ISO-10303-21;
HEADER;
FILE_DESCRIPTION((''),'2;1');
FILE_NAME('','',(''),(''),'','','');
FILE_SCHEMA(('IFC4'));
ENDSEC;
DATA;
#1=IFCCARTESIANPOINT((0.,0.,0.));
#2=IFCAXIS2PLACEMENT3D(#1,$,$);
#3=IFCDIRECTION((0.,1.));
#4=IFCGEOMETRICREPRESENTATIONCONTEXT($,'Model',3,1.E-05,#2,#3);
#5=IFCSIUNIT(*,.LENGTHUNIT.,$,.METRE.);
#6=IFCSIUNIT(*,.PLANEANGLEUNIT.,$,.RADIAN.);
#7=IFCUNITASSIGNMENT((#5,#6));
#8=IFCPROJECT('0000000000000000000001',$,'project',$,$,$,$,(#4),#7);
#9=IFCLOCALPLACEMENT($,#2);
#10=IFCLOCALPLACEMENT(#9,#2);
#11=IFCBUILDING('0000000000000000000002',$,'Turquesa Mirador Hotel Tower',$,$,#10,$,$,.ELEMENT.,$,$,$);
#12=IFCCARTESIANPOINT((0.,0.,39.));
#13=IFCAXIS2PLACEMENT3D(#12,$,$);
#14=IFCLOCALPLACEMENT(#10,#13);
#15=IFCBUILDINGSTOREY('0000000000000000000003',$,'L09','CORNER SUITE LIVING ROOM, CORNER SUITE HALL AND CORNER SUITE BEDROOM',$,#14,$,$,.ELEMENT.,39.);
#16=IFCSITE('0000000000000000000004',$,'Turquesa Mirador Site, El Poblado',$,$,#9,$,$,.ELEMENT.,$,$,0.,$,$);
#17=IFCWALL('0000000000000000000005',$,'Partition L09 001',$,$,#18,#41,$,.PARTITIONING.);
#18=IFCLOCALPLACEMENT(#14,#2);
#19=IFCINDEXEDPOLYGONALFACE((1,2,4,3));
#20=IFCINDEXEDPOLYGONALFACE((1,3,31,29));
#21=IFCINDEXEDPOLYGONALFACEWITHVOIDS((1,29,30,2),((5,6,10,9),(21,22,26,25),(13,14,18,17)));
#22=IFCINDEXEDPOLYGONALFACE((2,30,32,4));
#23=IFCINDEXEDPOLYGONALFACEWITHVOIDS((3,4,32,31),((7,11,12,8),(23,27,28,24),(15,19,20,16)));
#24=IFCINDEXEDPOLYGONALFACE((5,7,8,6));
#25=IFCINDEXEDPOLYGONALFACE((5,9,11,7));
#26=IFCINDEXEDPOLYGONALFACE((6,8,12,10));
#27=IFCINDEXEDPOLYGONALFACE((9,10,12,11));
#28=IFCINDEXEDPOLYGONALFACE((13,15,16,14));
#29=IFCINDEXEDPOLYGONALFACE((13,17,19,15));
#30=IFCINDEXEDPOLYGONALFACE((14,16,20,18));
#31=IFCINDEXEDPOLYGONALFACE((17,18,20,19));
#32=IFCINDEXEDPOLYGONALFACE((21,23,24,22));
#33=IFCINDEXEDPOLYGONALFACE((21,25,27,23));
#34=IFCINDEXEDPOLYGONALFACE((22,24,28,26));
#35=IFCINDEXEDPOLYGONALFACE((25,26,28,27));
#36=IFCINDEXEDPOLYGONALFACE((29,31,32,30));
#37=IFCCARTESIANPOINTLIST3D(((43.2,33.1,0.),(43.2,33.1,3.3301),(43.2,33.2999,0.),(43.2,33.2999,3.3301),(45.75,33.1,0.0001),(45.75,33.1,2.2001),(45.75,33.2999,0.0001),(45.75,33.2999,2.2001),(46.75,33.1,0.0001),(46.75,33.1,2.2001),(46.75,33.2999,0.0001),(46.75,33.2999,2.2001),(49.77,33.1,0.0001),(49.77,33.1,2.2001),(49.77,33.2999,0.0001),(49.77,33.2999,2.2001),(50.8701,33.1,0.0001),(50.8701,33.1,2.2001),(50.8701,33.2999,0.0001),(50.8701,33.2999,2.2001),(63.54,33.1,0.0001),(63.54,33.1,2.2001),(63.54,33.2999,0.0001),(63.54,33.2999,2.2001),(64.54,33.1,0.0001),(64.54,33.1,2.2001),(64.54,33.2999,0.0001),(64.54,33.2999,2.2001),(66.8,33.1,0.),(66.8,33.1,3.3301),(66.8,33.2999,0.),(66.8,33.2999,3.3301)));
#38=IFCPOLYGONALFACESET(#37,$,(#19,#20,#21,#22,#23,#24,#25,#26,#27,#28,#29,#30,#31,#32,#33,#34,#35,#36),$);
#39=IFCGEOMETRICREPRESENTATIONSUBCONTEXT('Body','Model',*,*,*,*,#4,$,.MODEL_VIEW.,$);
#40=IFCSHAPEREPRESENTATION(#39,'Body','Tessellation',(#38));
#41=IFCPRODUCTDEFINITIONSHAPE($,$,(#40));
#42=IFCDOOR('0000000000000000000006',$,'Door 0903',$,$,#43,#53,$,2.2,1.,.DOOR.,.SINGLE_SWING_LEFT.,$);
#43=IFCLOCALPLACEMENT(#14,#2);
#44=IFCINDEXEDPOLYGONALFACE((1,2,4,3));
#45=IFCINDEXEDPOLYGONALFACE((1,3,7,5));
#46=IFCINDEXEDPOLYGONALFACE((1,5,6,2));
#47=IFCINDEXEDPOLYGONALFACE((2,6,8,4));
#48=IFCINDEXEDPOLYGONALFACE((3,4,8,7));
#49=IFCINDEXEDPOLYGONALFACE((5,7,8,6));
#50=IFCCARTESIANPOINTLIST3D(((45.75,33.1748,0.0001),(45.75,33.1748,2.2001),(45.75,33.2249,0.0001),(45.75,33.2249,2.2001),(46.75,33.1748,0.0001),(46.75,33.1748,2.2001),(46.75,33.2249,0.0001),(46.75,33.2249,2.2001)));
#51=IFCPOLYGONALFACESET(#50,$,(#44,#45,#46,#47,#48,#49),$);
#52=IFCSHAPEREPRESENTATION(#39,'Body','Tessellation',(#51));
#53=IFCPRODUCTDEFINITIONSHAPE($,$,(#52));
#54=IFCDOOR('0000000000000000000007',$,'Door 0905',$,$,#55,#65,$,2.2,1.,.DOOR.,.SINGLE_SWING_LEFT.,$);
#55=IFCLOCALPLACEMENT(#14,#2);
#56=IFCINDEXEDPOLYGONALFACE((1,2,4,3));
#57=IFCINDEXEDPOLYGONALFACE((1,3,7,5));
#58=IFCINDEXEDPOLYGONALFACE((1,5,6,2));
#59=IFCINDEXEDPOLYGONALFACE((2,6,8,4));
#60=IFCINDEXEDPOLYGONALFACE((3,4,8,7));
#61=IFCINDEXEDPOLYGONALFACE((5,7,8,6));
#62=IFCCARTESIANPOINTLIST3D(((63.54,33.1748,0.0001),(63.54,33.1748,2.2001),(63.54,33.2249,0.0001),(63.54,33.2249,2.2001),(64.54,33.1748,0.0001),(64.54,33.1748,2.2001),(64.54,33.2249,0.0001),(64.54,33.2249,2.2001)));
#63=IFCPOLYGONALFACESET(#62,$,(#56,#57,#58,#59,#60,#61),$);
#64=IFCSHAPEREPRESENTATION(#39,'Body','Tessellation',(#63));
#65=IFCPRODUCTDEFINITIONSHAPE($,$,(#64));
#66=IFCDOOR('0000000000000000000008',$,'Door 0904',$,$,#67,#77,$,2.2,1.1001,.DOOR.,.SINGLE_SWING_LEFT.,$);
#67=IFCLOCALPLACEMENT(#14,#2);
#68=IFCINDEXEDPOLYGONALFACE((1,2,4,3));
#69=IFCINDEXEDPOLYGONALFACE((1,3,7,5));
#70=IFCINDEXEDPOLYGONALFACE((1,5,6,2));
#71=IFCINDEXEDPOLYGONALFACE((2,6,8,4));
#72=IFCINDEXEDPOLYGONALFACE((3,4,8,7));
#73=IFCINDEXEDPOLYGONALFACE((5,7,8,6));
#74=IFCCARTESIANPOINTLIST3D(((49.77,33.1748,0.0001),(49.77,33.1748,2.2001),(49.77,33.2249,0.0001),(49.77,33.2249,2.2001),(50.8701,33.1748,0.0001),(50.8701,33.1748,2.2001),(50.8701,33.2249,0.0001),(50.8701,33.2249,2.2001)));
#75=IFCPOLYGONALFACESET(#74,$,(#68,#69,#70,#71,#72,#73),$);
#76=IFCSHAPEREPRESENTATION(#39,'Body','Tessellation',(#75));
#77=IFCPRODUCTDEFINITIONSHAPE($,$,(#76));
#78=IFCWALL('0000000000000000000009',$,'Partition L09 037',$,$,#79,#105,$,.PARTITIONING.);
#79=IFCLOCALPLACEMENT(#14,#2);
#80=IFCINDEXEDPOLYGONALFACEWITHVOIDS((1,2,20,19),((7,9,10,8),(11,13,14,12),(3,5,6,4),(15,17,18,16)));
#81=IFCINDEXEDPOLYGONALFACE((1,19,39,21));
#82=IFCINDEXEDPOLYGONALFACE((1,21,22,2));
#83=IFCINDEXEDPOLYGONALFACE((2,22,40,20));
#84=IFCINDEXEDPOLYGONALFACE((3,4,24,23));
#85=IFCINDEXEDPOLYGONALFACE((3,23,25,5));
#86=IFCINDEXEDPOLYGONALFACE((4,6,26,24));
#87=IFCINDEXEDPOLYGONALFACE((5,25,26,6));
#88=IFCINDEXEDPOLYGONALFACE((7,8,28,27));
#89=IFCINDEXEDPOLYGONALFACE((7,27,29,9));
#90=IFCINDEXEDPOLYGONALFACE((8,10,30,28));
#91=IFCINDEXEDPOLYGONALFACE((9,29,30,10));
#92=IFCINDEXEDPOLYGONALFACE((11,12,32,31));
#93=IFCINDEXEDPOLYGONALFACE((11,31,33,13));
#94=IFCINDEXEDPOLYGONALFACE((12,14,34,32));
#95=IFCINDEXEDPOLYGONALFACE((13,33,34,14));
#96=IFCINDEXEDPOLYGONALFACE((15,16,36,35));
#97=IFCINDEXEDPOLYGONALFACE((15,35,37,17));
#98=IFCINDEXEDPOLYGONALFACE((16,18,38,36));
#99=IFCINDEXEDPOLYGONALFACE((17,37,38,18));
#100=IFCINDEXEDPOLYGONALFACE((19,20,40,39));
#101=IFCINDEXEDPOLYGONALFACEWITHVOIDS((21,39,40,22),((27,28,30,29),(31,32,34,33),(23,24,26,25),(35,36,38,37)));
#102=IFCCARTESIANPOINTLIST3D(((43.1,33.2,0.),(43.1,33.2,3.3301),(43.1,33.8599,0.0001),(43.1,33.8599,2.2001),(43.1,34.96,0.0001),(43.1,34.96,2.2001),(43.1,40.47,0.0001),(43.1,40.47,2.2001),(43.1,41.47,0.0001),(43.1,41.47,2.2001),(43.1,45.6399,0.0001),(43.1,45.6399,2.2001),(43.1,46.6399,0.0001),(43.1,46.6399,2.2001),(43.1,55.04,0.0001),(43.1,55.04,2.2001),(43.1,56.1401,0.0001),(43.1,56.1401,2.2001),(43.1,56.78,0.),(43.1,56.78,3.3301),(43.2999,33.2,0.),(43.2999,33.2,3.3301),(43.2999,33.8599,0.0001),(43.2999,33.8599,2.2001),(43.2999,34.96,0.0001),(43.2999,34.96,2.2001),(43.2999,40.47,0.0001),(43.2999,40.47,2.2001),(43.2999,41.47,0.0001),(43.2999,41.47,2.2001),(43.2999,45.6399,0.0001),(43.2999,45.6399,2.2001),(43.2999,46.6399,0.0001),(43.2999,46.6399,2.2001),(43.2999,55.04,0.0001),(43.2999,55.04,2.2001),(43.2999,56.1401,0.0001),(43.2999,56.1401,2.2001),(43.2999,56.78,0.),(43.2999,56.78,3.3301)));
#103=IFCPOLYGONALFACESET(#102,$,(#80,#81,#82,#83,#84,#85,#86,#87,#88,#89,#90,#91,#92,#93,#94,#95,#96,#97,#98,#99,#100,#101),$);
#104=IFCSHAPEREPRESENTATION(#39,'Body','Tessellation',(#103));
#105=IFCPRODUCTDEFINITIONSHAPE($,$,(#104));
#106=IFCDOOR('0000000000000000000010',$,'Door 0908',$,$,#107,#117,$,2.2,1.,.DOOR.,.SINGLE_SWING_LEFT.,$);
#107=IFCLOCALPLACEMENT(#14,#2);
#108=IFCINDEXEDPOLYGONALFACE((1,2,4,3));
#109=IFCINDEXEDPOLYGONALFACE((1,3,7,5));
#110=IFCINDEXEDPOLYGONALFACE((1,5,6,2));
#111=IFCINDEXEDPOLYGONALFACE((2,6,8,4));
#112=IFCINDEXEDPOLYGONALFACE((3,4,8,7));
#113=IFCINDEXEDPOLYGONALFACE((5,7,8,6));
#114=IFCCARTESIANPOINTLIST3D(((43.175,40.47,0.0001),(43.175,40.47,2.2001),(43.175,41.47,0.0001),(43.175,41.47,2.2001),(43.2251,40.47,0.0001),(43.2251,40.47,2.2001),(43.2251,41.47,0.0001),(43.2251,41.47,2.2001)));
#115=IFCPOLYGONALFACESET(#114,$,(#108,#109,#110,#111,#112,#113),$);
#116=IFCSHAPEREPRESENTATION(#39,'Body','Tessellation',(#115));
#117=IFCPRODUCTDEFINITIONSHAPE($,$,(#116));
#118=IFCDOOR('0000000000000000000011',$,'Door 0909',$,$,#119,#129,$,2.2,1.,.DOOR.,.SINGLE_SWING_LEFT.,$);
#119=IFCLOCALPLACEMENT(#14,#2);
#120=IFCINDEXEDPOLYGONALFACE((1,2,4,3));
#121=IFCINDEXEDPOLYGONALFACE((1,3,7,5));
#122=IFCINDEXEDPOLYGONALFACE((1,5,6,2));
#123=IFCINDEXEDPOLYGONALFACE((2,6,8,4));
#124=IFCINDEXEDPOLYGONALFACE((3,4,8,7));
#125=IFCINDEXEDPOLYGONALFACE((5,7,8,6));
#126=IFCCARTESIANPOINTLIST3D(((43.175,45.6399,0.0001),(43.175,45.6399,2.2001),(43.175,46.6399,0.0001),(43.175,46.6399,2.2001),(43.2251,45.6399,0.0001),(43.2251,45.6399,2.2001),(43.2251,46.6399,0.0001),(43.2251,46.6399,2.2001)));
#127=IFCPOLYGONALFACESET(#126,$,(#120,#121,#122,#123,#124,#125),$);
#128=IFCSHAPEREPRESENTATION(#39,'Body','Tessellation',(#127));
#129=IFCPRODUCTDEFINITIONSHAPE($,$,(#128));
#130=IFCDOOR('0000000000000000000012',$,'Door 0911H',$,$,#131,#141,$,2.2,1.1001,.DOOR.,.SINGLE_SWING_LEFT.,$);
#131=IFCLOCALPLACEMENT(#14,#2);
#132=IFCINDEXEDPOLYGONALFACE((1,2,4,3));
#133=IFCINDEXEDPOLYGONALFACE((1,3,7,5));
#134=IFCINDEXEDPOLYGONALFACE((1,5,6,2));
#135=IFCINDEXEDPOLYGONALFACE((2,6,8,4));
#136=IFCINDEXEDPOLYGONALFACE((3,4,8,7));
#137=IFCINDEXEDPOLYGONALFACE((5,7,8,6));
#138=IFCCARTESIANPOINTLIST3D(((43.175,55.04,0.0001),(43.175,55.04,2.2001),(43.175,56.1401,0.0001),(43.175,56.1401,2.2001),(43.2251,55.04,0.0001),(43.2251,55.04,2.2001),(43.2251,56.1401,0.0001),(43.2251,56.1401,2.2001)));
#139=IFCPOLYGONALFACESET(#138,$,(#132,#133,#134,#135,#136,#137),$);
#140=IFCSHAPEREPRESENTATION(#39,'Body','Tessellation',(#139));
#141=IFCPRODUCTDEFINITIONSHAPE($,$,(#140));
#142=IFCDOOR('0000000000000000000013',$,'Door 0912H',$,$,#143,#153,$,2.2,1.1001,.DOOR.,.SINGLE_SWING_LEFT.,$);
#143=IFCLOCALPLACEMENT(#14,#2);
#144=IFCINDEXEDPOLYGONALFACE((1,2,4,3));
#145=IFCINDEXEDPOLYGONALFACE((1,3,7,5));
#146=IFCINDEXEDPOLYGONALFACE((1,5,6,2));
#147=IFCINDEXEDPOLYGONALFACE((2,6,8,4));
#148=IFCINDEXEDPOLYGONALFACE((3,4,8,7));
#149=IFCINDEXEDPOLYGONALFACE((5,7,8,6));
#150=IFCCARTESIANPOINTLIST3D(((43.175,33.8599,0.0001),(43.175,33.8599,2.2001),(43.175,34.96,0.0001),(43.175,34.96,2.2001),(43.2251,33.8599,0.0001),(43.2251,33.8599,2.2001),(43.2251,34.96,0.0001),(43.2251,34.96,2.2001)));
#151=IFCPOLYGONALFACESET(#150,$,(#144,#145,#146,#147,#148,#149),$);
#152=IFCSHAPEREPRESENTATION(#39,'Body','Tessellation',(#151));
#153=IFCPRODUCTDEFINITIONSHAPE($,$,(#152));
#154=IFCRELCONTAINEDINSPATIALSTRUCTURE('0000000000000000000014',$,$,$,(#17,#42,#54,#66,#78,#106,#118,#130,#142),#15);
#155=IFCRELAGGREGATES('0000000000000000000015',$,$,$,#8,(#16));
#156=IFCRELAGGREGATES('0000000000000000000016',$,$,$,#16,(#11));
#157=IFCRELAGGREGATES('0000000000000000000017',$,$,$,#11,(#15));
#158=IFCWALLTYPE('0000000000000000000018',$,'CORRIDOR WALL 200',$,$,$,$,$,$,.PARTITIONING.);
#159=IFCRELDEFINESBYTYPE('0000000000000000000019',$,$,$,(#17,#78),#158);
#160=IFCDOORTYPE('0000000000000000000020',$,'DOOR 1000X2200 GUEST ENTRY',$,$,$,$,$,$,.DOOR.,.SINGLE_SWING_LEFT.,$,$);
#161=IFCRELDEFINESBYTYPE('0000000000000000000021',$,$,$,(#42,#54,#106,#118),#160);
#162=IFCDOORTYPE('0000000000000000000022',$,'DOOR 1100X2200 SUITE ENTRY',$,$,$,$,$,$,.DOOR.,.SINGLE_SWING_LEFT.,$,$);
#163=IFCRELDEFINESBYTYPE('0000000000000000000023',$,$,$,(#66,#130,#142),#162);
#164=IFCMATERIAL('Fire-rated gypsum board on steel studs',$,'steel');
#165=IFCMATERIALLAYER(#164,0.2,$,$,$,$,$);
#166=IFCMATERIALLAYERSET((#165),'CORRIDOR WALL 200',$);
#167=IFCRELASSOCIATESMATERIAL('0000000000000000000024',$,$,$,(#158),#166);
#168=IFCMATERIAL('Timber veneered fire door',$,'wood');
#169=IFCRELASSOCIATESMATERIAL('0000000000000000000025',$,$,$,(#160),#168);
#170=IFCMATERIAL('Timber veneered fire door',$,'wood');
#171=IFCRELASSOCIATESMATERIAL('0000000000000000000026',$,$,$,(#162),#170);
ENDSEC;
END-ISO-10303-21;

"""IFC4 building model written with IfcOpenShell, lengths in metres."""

from ifc_helpers import new_model, si_unit, direction, frame, frame_2d, origin, place, context, subcontext, project, spatial, rectangle, extrude, material, layer, layer_set, type_object, element, fill, save


model = new_model("IFC4")

# Units and contexts
model_context = context("Model", 3, precision=1e-05, world=origin(), true_north=direction((0.0, 1.0)))
body_context = subcontext(model_context, "Body", "Model", "MODEL_VIEW")
ifc_project = project(units=[si_unit("LENGTHUNIT", "METRE"), si_unit("PLANEANGLEUNIT", "RADIAN")], contexts=[model_context])

# Site, building, storey
site_placement = place(None, origin())
site = spatial("IfcSite", under=ifc_project, at=site_placement, Name="Turquesa Mirador Site, El Poblado", CompositionType="ELEMENT", RefElevation=0.0)
building_placement = place(site_placement, origin())
building = spatial("IfcBuilding", under=site, at=building_placement, Name="Turquesa Mirador Hotel Tower", CompositionType="ELEMENT")
storey_placement = place(building_placement, frame((0.0, 0.0, 39.0)))
storey = spatial("IfcBuildingStorey", under=building, at=storey_placement, Name="L09", Description="CORNER SUITE LIVING ROOM, CORNER SUITE HALL AND CORNER SUITE BEDROOM", CompositionType="ELEMENT", Elevation=39.0)

# Walls, openings, doors
ifc_material_1 = material(Name="Fire-rated gypsum board on steel studs", Category="steel")
ifc_layer_1 = layer(ifc_material_1, 0.2)
ifc_layer_set_1 = layer_set([ifc_layer_1], Name="CORRIDOR WALL 200")
wall_type_1 = type_object("IfcWallType", Name="CORRIDOR WALL 200", PredefinedType="PARTITIONING", material=ifc_layer_set_1)
wall_1_placement = place(storey_placement, frame((43.2, 33.2, 0.0), z_axis=(0.0, 0.0, 1.0), x_axis=(1.0, 0.0, 0.0)))
wall_1 = element("IfcWall", 1, at=wall_1_placement, inside=storey, type_object=wall_type_1, Name="Partition L09 001", PredefinedType="PARTITIONING", context=body_context, shape_type="SweptSolid", body=[
    extrude(rectangle(XDim=23.6001, YDim=0.2, at=frame_2d((11.8, 0.0))), origin(), (0.0, 0.0, 1.0), 3.3301),
])
opening_1_placement = place(wall_1_placement, frame((2.55, 0.0, 0.0)))
opening_1 = element("IfcOpeningElement", 2, at=opening_1_placement, cuts=wall_1, PredefinedType="OPENING", context=body_context, shape_type="SweptSolid", body=[
    extrude(rectangle(XDim=1.0, YDim=2.2, at=frame_2d((0.5, 1.1001))), frame((0.0, 0.1099, 0.0), z_axis=(0.0, -1.0, 0.0), x_axis=(1.0, 0.0, 0.0)), (0.0, 0.0, 1.0), 0.22),
])
opening_2_placement = place(wall_1_placement, frame((6.5701, 0.0, 0.0)))
opening_2 = element("IfcOpeningElement", 3, at=opening_2_placement, cuts=wall_1, PredefinedType="OPENING", context=body_context, shape_type="SweptSolid", body=[
    extrude(rectangle(XDim=1.1001, YDim=2.2, at=frame_2d((0.55, 1.1001))), frame((0.0, 0.1099, 0.0), z_axis=(0.0, -1.0, 0.0), x_axis=(1.0, 0.0, 0.0)), (0.0, 0.0, 1.0), 0.22),
])
opening_3_placement = place(wall_1_placement, frame((20.3401, 0.0, 0.0)))
opening_3 = element("IfcOpeningElement", 4, at=opening_3_placement, cuts=wall_1, PredefinedType="OPENING", context=body_context, shape_type="SweptSolid", body=[
    extrude(rectangle(XDim=1.0, YDim=2.2, at=frame_2d((0.5, 1.1001))), frame((0.0, 0.1099, 0.0), z_axis=(0.0, -1.0, 0.0), x_axis=(1.0, 0.0, 0.0)), (0.0, 0.0, 1.0), 0.22),
])
ifc_material_2 = material(Name="Timber veneered fire door", Category="wood")
door_type_1 = type_object("IfcDoorType", Name="DOOR 1000X2200 GUEST ENTRY", OperationType="SINGLE_SWING_LEFT", PredefinedType="DOOR", material=ifc_material_2)
door_1_placement = place(opening_1_placement, origin())
door_1 = element("IfcDoor", 5, at=door_1_placement, inside=storey, type_object=door_type_1, Name="Door 0903", OperationType="SINGLE_SWING_LEFT", OverallHeight=2.2, OverallWidth=1.0, PredefinedType="DOOR", context=body_context, shape_type="SweptSolid", body=[
    extrude(rectangle(XDim=1.0, YDim=2.2, at=frame_2d((0.5, 1.1001))), frame((0.0, 0.0249, 0.0), z_axis=(0.0, -1.0, 0.0), x_axis=(1.0, 0.0, 0.0)), (0.0, 0.0, 1.0), 0.05),
])
fill(opening_1, door_1)
door_2_placement = place(opening_3_placement, origin())
door_2 = element("IfcDoor", 6, at=door_2_placement, inside=storey, type_object=door_type_1, Name="Door 0905", OperationType="SINGLE_SWING_LEFT", OverallHeight=2.2, OverallWidth=1.0, PredefinedType="DOOR", context=body_context, shape_type="SweptSolid", body=[
    extrude(rectangle(XDim=1.0, YDim=2.2, at=frame_2d((0.5, 1.1001))), frame((0.0, 0.0249, 0.0), z_axis=(0.0, -1.0, 0.0), x_axis=(1.0, 0.0, 0.0)), (0.0, 0.0, 1.0), 0.05),
])
fill(opening_3, door_2)
ifc_material_3 = material(Name="Timber veneered fire door", Category="wood")
door_type_2 = type_object("IfcDoorType", Name="DOOR 1100X2200 SUITE ENTRY", OperationType="SINGLE_SWING_LEFT", PredefinedType="DOOR", material=ifc_material_3)
door_3_placement = place(opening_2_placement, origin())
door_3 = element("IfcDoor", 7, at=door_3_placement, inside=storey, type_object=door_type_2, Name="Door 0904", OperationType="SINGLE_SWING_LEFT", OverallHeight=2.2, OverallWidth=1.1001, PredefinedType="DOOR", context=body_context, shape_type="SweptSolid", body=[
    extrude(rectangle(XDim=1.1001, YDim=2.2, at=frame_2d((0.55, 1.1001))), frame((0.0, 0.0249, 0.0), z_axis=(0.0, -1.0, 0.0), x_axis=(1.0, 0.0, 0.0)), (0.0, 0.0, 1.0), 0.05),
])
fill(opening_2, door_3)
wall_2_placement = place(storey_placement, frame((43.2, 33.2, 0.0), z_axis=(0.0, 0.0, 1.0), x_axis=(0.0, 1.0, 0.0)))
wall_2 = element("IfcWall", 8, at=wall_2_placement, inside=storey, type_object=wall_type_1, Name="Partition L09 037", PredefinedType="PARTITIONING", context=body_context, shape_type="SweptSolid", body=[
    extrude(rectangle(XDim=23.5801, YDim=0.2, at=frame_2d((11.79, 0.0))), origin(), (0.0, 0.0, 1.0), 3.3301),
])
opening_4_placement = place(wall_2_placement, frame((7.27, 0.0, 0.0)))
opening_4 = element("IfcOpeningElement", 9, at=opening_4_placement, cuts=wall_2, PredefinedType="OPENING", context=body_context, shape_type="SweptSolid", body=[
    extrude(rectangle(XDim=1.0, YDim=2.2, at=frame_2d((0.5, 1.1001))), frame((0.0, 0.1099, 0.0), z_axis=(0.0, -1.0, 0.0), x_axis=(1.0, 0.0, 0.0)), (0.0, 0.0, 1.0), 0.22),
])
opening_5_placement = place(wall_2_placement, frame((12.4399, 0.0, 0.0)))
opening_5 = element("IfcOpeningElement", 10, at=opening_5_placement, cuts=wall_2, PredefinedType="OPENING", context=body_context, shape_type="SweptSolid", body=[
    extrude(rectangle(XDim=1.0, YDim=2.2, at=frame_2d((0.5, 1.1001))), frame((0.0, 0.1099, 0.0), z_axis=(0.0, -1.0, 0.0), x_axis=(1.0, 0.0, 0.0)), (0.0, 0.0, 1.0), 0.22),
])
opening_6_placement = place(wall_2_placement, frame((21.8401, 0.0, 0.0)))
opening_6 = element("IfcOpeningElement", 11, at=opening_6_placement, cuts=wall_2, PredefinedType="OPENING", context=body_context, shape_type="SweptSolid", body=[
    extrude(rectangle(XDim=1.1001, YDim=2.2, at=frame_2d((0.55, 1.1001))), frame((0.0, 0.1099, 0.0), z_axis=(0.0, -1.0, 0.0), x_axis=(1.0, 0.0, 0.0)), (0.0, 0.0, 1.0), 0.22),
])
opening_7_placement = place(wall_2_placement, frame((0.6599, 0.0, 0.0)))
opening_7 = element("IfcOpeningElement", 12, at=opening_7_placement, cuts=wall_2, PredefinedType="OPENING", context=body_context, shape_type="SweptSolid", body=[
    extrude(rectangle(XDim=1.1001, YDim=2.2, at=frame_2d((0.55, 1.1001))), frame((0.0, 0.1099, 0.0), z_axis=(0.0, -1.0, 0.0), x_axis=(1.0, 0.0, 0.0)), (0.0, 0.0, 1.0), 0.22),
])
door_4_placement = place(opening_4_placement, origin())
door_4 = element("IfcDoor", 13, at=door_4_placement, inside=storey, type_object=door_type_1, Name="Door 0908", OperationType="SINGLE_SWING_LEFT", OverallHeight=2.2, OverallWidth=1.0, PredefinedType="DOOR", context=body_context, shape_type="SweptSolid", body=[
    extrude(rectangle(XDim=1.0, YDim=2.2, at=frame_2d((0.5, 1.1001))), frame((0.0, 0.0249, 0.0), z_axis=(0.0, -1.0, 0.0), x_axis=(1.0, 0.0, 0.0)), (0.0, 0.0, 1.0), 0.05),
])
fill(opening_4, door_4)
door_5_placement = place(opening_5_placement, origin())
door_5 = element("IfcDoor", 14, at=door_5_placement, inside=storey, type_object=door_type_1, Name="Door 0909", OperationType="SINGLE_SWING_LEFT", OverallHeight=2.2, OverallWidth=1.0, PredefinedType="DOOR", context=body_context, shape_type="SweptSolid", body=[
    extrude(rectangle(XDim=1.0, YDim=2.2, at=frame_2d((0.5, 1.1001))), frame((0.0, 0.0249, 0.0), z_axis=(0.0, -1.0, 0.0), x_axis=(1.0, 0.0, 0.0)), (0.0, 0.0, 1.0), 0.05),
])
fill(opening_5, door_5)
door_6_placement = place(opening_6_placement, origin())
door_6 = element("IfcDoor", 15, at=door_6_placement, inside=storey, type_object=door_type_2, Name="Door 0911H", OperationType="SINGLE_SWING_LEFT", OverallHeight=2.2, OverallWidth=1.1001, PredefinedType="DOOR", context=body_context, shape_type="SweptSolid", body=[
    extrude(rectangle(XDim=1.1001, YDim=2.2, at=frame_2d((0.55, 1.1001))), frame((0.0, 0.0249, 0.0), z_axis=(0.0, -1.0, 0.0), x_axis=(1.0, 0.0, 0.0)), (0.0, 0.0, 1.0), 0.05),
])
fill(opening_6, door_6)
door_7_placement = place(opening_7_placement, origin())
door_7 = element("IfcDoor", 16, at=door_7_placement, inside=storey, type_object=door_type_2, Name="Door 0912H", OperationType="SINGLE_SWING_LEFT", OverallHeight=2.2, OverallWidth=1.1001, PredefinedType="DOOR", context=body_context, shape_type="SweptSolid", body=[
    extrude(rectangle(XDim=1.1001, YDim=2.2, at=frame_2d((0.55, 1.1001))), frame((0.0, 0.0249, 0.0), z_axis=(0.0, -1.0, 0.0), x_axis=(1.0, 0.0, 0.0)), (0.0, 0.0, 1.0), 0.05),
])
fill(opening_7, door_7)

save(model, "model.ifc")
